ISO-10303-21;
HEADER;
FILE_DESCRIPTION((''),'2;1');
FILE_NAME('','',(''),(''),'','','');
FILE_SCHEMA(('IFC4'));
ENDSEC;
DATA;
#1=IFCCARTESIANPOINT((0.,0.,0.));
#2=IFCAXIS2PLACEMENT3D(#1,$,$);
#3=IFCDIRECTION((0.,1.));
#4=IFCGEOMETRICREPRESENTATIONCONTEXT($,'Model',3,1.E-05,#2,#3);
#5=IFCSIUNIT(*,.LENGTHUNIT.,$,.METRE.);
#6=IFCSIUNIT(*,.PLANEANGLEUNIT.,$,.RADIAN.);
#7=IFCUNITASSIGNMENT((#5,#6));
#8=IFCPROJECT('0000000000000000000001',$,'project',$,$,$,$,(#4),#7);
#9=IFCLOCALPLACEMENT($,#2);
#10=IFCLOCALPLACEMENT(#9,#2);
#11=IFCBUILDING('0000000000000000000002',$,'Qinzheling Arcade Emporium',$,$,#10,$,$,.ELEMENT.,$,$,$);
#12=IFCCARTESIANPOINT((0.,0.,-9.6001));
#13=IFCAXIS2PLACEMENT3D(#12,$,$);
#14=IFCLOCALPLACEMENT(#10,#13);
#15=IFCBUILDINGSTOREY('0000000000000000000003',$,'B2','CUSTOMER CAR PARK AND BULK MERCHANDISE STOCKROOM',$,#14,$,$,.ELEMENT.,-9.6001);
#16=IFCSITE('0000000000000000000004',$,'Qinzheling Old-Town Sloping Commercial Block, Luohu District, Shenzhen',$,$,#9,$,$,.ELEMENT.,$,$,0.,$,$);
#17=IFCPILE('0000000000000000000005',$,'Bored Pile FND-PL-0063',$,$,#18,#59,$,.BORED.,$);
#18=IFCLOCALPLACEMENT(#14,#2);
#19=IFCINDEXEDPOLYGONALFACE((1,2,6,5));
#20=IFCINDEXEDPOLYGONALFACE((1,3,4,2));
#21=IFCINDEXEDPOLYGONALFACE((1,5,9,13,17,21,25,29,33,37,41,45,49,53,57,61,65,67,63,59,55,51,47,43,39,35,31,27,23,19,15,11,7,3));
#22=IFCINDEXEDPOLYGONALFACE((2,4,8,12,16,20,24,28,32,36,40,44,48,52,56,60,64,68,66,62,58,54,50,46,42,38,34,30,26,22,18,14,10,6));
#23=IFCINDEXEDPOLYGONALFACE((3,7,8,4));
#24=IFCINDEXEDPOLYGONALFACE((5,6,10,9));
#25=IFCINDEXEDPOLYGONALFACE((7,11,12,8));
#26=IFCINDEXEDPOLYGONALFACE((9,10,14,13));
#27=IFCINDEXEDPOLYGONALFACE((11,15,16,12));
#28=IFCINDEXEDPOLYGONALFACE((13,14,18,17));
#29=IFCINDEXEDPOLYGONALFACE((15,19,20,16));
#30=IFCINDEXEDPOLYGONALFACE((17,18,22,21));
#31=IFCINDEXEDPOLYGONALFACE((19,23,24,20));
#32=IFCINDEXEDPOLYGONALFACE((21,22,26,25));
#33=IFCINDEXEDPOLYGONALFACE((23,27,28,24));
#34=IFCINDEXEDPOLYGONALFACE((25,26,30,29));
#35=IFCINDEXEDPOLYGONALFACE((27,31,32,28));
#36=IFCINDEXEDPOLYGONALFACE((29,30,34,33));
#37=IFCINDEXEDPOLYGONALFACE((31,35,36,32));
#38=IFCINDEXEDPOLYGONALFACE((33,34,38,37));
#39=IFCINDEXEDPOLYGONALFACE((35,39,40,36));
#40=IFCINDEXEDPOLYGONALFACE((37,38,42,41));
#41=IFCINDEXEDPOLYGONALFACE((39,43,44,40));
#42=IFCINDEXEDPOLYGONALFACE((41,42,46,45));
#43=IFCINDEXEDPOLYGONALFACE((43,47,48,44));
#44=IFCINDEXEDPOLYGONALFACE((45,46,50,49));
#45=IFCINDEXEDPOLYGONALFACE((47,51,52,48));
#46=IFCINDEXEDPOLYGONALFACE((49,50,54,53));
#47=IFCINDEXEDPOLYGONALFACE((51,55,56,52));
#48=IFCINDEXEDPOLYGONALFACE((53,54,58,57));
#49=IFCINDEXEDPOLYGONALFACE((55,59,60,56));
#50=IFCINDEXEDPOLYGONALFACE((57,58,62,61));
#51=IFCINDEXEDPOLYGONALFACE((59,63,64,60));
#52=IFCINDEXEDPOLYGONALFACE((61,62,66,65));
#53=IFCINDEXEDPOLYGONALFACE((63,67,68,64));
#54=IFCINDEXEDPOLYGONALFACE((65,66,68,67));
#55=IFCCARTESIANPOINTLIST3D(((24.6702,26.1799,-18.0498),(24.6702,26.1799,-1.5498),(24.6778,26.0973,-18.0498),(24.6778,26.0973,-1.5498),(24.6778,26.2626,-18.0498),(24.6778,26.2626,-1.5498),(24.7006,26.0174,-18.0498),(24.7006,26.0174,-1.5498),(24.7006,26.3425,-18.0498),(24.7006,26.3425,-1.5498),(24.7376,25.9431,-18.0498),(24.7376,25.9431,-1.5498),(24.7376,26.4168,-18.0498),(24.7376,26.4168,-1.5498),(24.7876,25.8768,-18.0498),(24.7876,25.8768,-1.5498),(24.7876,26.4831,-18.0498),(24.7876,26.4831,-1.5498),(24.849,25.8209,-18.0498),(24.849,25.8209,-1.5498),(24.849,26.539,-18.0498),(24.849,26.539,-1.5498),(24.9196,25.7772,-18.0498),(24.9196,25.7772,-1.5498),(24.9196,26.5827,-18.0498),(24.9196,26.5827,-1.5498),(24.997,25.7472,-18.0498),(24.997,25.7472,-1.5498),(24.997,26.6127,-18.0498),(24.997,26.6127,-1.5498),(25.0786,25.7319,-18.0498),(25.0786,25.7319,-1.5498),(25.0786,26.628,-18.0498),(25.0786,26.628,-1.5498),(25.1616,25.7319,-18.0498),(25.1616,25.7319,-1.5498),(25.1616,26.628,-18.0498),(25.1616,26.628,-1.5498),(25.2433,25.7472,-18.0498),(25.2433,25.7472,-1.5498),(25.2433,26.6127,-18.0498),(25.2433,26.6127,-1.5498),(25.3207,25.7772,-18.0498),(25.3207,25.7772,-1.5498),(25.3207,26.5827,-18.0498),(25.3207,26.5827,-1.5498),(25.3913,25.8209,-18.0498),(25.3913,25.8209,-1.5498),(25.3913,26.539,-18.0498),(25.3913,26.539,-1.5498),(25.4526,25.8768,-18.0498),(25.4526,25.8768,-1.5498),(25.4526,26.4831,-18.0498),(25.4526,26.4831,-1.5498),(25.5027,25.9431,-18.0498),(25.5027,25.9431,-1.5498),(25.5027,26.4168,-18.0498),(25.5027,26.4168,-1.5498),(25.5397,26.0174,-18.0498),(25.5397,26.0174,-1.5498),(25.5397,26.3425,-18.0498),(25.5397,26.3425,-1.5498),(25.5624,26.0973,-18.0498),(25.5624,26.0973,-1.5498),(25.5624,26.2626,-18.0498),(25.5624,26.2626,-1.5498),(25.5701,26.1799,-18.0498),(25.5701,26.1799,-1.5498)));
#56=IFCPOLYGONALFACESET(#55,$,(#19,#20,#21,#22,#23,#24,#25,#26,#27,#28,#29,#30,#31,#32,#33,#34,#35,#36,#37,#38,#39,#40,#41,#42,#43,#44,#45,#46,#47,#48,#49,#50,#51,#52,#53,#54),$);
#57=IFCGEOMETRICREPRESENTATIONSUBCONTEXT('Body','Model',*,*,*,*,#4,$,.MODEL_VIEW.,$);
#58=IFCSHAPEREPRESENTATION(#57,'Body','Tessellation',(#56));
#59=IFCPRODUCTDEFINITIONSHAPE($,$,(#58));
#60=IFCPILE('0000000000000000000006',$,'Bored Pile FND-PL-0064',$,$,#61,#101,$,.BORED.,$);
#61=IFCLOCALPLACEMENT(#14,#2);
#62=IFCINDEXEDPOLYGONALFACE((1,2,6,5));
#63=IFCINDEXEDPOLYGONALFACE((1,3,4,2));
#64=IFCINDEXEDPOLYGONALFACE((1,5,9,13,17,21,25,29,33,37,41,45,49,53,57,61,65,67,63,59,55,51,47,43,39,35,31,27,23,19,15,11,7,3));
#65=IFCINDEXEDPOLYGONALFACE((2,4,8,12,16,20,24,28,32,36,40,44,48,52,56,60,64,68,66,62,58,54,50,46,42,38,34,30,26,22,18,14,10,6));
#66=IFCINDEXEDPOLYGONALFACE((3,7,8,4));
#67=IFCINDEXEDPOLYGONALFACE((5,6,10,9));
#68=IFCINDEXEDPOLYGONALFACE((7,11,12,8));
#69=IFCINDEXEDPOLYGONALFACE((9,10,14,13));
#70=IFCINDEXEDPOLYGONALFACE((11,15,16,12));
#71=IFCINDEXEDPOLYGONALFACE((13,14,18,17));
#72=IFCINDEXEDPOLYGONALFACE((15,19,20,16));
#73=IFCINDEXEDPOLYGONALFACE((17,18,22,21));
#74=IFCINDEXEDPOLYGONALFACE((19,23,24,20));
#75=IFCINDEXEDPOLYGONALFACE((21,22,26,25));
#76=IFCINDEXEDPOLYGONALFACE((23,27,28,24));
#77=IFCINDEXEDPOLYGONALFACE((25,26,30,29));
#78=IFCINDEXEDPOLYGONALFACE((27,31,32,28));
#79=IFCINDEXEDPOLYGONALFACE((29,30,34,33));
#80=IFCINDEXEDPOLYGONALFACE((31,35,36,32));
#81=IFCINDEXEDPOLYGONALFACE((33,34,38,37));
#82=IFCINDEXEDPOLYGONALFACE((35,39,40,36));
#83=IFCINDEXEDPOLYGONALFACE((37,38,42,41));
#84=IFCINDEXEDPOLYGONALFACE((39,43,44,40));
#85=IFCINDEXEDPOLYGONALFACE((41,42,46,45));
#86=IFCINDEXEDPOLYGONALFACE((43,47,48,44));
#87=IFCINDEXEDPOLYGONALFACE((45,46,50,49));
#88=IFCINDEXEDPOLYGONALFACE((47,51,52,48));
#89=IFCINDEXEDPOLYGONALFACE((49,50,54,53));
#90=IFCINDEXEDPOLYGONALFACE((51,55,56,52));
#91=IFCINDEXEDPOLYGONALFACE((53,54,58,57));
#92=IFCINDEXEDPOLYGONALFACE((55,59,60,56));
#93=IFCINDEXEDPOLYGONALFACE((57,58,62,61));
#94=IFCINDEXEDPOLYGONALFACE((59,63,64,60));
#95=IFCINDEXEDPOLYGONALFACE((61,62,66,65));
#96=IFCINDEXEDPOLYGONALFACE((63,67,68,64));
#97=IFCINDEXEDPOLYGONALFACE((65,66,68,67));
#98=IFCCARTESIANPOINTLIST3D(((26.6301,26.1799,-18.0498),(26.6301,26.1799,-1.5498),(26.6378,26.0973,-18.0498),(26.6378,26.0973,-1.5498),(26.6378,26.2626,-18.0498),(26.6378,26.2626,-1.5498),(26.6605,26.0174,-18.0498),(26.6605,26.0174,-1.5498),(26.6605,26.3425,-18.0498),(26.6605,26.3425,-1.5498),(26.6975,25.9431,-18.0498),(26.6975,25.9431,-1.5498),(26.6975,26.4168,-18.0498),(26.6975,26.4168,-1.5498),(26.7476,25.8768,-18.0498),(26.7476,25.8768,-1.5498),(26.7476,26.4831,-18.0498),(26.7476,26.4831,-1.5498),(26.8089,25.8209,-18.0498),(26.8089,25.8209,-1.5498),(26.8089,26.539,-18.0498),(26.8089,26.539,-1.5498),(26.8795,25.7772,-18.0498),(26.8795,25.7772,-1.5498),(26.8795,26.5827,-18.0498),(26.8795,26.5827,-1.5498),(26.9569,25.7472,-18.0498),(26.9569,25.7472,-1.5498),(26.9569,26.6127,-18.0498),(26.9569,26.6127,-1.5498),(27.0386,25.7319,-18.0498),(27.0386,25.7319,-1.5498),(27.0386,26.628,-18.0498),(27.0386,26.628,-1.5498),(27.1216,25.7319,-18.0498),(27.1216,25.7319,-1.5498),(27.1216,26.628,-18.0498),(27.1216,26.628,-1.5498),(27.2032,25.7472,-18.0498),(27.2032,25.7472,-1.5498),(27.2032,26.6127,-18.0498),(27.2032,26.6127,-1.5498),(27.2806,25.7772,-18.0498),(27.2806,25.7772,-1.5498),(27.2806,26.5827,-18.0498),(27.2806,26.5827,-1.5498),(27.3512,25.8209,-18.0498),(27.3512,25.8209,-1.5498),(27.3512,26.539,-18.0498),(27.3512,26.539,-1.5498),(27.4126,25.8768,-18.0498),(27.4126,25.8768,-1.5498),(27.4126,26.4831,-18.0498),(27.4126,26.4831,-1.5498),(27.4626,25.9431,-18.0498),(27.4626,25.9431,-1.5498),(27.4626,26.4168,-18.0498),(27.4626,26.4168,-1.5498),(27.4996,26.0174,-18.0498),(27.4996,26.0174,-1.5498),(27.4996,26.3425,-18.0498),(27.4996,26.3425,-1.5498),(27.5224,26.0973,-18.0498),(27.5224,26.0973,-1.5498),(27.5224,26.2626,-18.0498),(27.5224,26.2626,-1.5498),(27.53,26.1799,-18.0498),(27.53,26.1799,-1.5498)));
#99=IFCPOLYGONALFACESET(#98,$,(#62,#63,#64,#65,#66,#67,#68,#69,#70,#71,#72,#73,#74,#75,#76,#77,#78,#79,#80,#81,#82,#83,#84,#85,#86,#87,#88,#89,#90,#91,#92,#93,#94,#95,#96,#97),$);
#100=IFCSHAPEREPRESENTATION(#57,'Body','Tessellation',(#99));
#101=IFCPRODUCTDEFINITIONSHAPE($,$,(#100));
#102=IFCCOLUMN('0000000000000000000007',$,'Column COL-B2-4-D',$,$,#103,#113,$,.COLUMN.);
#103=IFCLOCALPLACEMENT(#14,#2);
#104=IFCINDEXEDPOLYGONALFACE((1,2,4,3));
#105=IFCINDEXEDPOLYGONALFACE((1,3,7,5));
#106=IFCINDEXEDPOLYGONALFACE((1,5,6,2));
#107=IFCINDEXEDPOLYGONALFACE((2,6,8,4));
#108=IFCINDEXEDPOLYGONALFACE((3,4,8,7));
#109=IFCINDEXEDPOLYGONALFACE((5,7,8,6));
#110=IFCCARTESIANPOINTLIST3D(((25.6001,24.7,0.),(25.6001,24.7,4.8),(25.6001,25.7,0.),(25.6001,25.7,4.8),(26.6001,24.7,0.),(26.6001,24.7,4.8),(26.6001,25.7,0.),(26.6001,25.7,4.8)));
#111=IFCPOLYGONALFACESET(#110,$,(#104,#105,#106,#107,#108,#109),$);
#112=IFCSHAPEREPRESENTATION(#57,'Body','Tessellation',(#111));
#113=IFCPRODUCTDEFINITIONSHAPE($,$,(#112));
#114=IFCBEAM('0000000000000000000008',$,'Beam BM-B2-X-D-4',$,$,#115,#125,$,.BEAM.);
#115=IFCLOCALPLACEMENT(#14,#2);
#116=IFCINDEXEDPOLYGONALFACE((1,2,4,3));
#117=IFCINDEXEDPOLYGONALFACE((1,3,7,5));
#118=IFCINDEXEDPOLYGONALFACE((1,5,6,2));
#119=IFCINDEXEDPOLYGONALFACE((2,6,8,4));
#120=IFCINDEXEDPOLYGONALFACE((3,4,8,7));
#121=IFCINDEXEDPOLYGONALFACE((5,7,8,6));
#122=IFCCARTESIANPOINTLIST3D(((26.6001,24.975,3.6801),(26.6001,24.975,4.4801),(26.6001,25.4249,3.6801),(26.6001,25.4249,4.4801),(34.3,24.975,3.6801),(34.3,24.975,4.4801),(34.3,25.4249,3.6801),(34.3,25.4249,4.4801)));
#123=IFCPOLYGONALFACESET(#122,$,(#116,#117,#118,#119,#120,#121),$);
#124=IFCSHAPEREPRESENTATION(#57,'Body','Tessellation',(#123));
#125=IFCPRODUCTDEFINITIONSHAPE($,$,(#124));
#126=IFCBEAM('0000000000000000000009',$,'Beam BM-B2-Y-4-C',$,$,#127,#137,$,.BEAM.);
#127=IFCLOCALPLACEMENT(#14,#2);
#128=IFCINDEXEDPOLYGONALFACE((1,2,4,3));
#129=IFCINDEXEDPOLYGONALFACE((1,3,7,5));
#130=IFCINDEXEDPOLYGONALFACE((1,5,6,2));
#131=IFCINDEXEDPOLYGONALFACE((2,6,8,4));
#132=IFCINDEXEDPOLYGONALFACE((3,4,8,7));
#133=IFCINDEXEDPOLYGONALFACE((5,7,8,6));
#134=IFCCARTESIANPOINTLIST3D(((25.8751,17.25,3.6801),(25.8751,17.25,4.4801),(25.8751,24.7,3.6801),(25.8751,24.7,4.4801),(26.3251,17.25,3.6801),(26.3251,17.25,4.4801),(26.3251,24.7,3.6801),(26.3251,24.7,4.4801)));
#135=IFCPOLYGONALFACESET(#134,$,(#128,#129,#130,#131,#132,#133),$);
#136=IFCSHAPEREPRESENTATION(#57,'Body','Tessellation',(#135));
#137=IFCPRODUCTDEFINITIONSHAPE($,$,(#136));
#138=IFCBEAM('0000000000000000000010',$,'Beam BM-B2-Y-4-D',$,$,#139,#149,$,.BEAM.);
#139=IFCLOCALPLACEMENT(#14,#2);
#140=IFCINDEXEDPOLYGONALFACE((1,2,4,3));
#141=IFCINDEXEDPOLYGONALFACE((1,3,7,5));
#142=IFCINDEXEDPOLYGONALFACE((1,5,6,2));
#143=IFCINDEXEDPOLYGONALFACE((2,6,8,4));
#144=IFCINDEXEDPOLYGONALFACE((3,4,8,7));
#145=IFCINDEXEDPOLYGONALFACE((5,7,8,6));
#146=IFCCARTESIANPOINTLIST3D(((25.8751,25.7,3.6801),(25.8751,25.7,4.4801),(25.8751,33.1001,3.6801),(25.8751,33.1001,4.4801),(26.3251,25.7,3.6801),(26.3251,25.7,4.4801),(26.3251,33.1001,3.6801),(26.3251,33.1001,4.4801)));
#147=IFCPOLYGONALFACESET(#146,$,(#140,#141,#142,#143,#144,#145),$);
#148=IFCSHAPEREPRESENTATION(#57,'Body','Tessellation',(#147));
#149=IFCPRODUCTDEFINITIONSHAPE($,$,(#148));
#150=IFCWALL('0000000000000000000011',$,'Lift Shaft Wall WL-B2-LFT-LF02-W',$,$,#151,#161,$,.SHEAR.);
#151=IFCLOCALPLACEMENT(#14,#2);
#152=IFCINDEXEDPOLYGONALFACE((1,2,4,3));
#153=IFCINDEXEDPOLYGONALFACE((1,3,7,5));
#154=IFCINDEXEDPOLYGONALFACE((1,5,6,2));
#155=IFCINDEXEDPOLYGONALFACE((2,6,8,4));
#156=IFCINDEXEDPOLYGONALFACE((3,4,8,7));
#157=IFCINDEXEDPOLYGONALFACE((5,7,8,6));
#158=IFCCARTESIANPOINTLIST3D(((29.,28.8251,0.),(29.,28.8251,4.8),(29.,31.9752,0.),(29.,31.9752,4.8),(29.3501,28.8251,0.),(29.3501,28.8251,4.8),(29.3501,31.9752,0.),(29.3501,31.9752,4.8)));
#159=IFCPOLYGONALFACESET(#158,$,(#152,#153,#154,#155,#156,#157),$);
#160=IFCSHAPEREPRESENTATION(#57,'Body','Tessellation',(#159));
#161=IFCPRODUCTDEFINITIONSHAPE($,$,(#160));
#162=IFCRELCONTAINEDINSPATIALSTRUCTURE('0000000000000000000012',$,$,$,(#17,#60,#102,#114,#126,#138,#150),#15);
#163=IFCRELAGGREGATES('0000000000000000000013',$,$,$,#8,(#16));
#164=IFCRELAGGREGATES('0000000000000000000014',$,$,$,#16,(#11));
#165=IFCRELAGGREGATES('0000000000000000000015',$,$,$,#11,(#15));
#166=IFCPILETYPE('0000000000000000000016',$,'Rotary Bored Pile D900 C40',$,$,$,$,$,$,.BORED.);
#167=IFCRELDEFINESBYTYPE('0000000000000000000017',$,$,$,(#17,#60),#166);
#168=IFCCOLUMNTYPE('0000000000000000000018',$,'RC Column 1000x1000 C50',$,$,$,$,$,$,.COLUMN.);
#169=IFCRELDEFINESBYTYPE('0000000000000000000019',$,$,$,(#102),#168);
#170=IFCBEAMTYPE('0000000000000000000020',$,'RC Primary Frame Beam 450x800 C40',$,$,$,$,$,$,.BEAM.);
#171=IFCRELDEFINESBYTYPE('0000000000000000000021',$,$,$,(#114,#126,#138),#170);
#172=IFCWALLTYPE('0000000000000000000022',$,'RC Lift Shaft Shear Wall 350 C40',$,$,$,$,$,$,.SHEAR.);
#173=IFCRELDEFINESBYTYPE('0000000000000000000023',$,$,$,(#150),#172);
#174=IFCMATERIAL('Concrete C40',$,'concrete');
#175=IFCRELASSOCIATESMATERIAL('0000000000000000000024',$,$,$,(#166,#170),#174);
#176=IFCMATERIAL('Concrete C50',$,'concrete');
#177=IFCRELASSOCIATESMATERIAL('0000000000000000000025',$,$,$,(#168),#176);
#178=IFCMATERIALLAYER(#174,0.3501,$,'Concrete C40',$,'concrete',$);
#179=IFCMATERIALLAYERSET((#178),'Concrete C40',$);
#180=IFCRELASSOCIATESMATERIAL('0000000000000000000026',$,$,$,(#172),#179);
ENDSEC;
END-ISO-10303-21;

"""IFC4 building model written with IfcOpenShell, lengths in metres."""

from ifc_helpers import new_model, si_unit, direction, frame, frame_2d, origin, origin_2d, place, context, subcontext, project, spatial, rectangle, circle, extrude, material, layer, layer_set, material_profile, profile_set, type_object, element, save


model = new_model("IFC4")

# Units and contexts
model_context = context("Model", 3, precision=1e-05, world=origin(), true_north=direction((0.0, 1.0)))
body_context = subcontext(model_context, "Body", "Model", "MODEL_VIEW")
ifc_project = project(units=[si_unit("LENGTHUNIT", "METRE"), si_unit("PLANEANGLEUNIT", "RADIAN")], contexts=[model_context])

# Site, building, storey
site_placement = place(None, origin())
site = spatial("IfcSite", under=ifc_project, at=site_placement, Name="Qinzheling Old-Town Sloping Commercial Block, Luohu District, Shenzhen", CompositionType="ELEMENT", RefElevation=0.0)
building_placement = place(site_placement, origin())
building = spatial("IfcBuilding", under=site, at=building_placement, Name="Qinzheling Arcade Emporium", CompositionType="ELEMENT")
storey_placement = place(building_placement, frame((0.0, 0.0, -9.6001)))
storey = spatial("IfcBuildingStorey", under=building, at=storey_placement, Name="B2", Description="CUSTOMER CAR PARK AND BULK MERCHANDISE STOCKROOM", CompositionType="ELEMENT", Elevation=-9.6001)

# Shared definitions
ifc_material_1 = material(Name="Concrete C40", Category="concrete")

# Piles
ifc_material_profile_1 = material_profile(ifc_material_1, circle(Radius=0.45, at=origin_2d()), Name="BORED D900", Category="concrete")
ifc_profile_set_1 = profile_set([ifc_material_profile_1], Name="Concrete C40")
pile_type_1 = type_object("IfcPileType", Name="Rotary Bored Pile D900 C40", PredefinedType="BORED", material=ifc_profile_set_1)
for number, where, z_axis, x_axis, name in (
    (1, (25.1201, 26.1799, -1.5498), (0.0, 0.0, -1.0), (1.0, 0.0, 0.0), "Bored Pile FND-PL-0063"),
    (2, (27.0801, 26.1799, -1.5498), (0.0, 0.0, -1.0), (1.0, 0.0, 0.0), "Bored Pile FND-PL-0064"),
):
    element("IfcPile", number, at=place(storey_placement, frame(where, z_axis=z_axis, x_axis=x_axis)), inside=storey, type_object=pile_type_1, Name=name, PredefinedType="BORED", context=body_context, shape_type="SweptSolid", body=[
        extrude(circle(Radius=0.45, at=origin_2d()), origin(), (0.0, 0.0, 1.0), 16.5),
    ])

# Column
ifc_material_2 = material(Name="Concrete C50", Category="concrete")
ifc_material_profile_2 = material_profile(ifc_material_2, rectangle(XDim=1.0, YDim=1.0, at=origin_2d()), Name="RC 1000x1000", Category="concrete")
ifc_profile_set_2 = profile_set([ifc_material_profile_2], Name="Concrete C50")
column_type = type_object("IfcColumnType", Name="RC Column 1000x1000 C50", PredefinedType="COLUMN", material=ifc_profile_set_2)
column_placement = place(storey_placement, frame((26.1001, 25.2, 0.0), z_axis=(0.0, 0.0, 1.0), x_axis=(1.0, 0.0, 0.0)))
element("IfcColumn", 3, at=column_placement, inside=storey, type_object=column_type, Name="Column COL-B2-4-D", PredefinedType="COLUMN", context=body_context, shape_type="SweptSolid", body=[
    extrude(rectangle(XDim=1.0, YDim=1.0, at=origin_2d()), origin(), (0.0, 0.0, 1.0), 4.8),
])

# Beams
ifc_material_profile_3 = material_profile(ifc_material_1, rectangle(XDim=0.45, YDim=0.8, at=origin_2d()), Name="RC 450x800", Category="concrete")
ifc_profile_set_3 = profile_set([ifc_material_profile_3], Name="Concrete C40")
beam_type = type_object("IfcBeamType", Name="RC Primary Frame Beam 450x800 C40", PredefinedType="BEAM", material=ifc_profile_set_3)
beam_1_placement = place(storey_placement, frame((26.6001, 25.2, 4.0801), z_axis=(1.0, 0.0, 0.0), x_axis=(0.0, 1.0, 0.0)))
element("IfcBeam", 4, at=beam_1_placement, inside=storey, type_object=beam_type, Name="Beam BM-B2-X-D-4", PredefinedType="BEAM", context=body_context, shape_type="SweptSolid", body=[
    extrude(rectangle(XDim=0.45, YDim=0.8, at=origin_2d()), origin(), (0.0, 0.0, 1.0), 7.7),
])
beam_2_placement = place(storey_placement, frame((26.1001, 17.25, 4.0801), z_axis=(0.0, 1.0, 0.0), x_axis=(-1.0, 0.0, 0.0)))
element("IfcBeam", 5, at=beam_2_placement, inside=storey, type_object=beam_type, Name="Beam BM-B2-Y-4-C", PredefinedType="BEAM", context=body_context, shape_type="SweptSolid", body=[
    extrude(rectangle(XDim=0.45, YDim=0.8, at=origin_2d()), origin(), (0.0, 0.0, 1.0), 7.45),
])
beam_3_placement = place(storey_placement, frame((26.1001, 25.7, 4.0801), z_axis=(0.0, 1.0, 0.0), x_axis=(-1.0, 0.0, 0.0)))
element("IfcBeam", 6, at=beam_3_placement, inside=storey, type_object=beam_type, Name="Beam BM-B2-Y-4-D", PredefinedType="BEAM", context=body_context, shape_type="SweptSolid", body=[
    extrude(rectangle(XDim=0.45, YDim=0.8, at=origin_2d()), origin(), (0.0, 0.0, 1.0), 7.4001),
])

# Wall
ifc_layer = layer(ifc_material_1, 0.3501, Name="Concrete C40", Category="concrete")
ifc_layer_set = layer_set([ifc_layer], Name="Concrete C40")
wall_type = type_object("IfcWallType", Name="RC Lift Shaft Shear Wall 350 C40", PredefinedType="SHEAR", material=ifc_layer_set)
wall_placement = place(storey_placement, frame((29.175, 28.825, 0.0), z_axis=(0.0, 0.0, 1.0), x_axis=(0.0, 1.0, 0.0)))
element("IfcWall", 7, at=wall_placement, inside=storey, type_object=wall_type, Name="Lift Shaft Wall WL-B2-LFT-LF02-W", PredefinedType="SHEAR", context=body_context, shape_type="SweptSolid", body=[
    extrude(rectangle(XDim=3.1501, YDim=0.3501, at=frame_2d((1.5752, 0.0))), origin(), (0.0, 0.0, 1.0), 4.8),
])

save(model, "model.ifc")
